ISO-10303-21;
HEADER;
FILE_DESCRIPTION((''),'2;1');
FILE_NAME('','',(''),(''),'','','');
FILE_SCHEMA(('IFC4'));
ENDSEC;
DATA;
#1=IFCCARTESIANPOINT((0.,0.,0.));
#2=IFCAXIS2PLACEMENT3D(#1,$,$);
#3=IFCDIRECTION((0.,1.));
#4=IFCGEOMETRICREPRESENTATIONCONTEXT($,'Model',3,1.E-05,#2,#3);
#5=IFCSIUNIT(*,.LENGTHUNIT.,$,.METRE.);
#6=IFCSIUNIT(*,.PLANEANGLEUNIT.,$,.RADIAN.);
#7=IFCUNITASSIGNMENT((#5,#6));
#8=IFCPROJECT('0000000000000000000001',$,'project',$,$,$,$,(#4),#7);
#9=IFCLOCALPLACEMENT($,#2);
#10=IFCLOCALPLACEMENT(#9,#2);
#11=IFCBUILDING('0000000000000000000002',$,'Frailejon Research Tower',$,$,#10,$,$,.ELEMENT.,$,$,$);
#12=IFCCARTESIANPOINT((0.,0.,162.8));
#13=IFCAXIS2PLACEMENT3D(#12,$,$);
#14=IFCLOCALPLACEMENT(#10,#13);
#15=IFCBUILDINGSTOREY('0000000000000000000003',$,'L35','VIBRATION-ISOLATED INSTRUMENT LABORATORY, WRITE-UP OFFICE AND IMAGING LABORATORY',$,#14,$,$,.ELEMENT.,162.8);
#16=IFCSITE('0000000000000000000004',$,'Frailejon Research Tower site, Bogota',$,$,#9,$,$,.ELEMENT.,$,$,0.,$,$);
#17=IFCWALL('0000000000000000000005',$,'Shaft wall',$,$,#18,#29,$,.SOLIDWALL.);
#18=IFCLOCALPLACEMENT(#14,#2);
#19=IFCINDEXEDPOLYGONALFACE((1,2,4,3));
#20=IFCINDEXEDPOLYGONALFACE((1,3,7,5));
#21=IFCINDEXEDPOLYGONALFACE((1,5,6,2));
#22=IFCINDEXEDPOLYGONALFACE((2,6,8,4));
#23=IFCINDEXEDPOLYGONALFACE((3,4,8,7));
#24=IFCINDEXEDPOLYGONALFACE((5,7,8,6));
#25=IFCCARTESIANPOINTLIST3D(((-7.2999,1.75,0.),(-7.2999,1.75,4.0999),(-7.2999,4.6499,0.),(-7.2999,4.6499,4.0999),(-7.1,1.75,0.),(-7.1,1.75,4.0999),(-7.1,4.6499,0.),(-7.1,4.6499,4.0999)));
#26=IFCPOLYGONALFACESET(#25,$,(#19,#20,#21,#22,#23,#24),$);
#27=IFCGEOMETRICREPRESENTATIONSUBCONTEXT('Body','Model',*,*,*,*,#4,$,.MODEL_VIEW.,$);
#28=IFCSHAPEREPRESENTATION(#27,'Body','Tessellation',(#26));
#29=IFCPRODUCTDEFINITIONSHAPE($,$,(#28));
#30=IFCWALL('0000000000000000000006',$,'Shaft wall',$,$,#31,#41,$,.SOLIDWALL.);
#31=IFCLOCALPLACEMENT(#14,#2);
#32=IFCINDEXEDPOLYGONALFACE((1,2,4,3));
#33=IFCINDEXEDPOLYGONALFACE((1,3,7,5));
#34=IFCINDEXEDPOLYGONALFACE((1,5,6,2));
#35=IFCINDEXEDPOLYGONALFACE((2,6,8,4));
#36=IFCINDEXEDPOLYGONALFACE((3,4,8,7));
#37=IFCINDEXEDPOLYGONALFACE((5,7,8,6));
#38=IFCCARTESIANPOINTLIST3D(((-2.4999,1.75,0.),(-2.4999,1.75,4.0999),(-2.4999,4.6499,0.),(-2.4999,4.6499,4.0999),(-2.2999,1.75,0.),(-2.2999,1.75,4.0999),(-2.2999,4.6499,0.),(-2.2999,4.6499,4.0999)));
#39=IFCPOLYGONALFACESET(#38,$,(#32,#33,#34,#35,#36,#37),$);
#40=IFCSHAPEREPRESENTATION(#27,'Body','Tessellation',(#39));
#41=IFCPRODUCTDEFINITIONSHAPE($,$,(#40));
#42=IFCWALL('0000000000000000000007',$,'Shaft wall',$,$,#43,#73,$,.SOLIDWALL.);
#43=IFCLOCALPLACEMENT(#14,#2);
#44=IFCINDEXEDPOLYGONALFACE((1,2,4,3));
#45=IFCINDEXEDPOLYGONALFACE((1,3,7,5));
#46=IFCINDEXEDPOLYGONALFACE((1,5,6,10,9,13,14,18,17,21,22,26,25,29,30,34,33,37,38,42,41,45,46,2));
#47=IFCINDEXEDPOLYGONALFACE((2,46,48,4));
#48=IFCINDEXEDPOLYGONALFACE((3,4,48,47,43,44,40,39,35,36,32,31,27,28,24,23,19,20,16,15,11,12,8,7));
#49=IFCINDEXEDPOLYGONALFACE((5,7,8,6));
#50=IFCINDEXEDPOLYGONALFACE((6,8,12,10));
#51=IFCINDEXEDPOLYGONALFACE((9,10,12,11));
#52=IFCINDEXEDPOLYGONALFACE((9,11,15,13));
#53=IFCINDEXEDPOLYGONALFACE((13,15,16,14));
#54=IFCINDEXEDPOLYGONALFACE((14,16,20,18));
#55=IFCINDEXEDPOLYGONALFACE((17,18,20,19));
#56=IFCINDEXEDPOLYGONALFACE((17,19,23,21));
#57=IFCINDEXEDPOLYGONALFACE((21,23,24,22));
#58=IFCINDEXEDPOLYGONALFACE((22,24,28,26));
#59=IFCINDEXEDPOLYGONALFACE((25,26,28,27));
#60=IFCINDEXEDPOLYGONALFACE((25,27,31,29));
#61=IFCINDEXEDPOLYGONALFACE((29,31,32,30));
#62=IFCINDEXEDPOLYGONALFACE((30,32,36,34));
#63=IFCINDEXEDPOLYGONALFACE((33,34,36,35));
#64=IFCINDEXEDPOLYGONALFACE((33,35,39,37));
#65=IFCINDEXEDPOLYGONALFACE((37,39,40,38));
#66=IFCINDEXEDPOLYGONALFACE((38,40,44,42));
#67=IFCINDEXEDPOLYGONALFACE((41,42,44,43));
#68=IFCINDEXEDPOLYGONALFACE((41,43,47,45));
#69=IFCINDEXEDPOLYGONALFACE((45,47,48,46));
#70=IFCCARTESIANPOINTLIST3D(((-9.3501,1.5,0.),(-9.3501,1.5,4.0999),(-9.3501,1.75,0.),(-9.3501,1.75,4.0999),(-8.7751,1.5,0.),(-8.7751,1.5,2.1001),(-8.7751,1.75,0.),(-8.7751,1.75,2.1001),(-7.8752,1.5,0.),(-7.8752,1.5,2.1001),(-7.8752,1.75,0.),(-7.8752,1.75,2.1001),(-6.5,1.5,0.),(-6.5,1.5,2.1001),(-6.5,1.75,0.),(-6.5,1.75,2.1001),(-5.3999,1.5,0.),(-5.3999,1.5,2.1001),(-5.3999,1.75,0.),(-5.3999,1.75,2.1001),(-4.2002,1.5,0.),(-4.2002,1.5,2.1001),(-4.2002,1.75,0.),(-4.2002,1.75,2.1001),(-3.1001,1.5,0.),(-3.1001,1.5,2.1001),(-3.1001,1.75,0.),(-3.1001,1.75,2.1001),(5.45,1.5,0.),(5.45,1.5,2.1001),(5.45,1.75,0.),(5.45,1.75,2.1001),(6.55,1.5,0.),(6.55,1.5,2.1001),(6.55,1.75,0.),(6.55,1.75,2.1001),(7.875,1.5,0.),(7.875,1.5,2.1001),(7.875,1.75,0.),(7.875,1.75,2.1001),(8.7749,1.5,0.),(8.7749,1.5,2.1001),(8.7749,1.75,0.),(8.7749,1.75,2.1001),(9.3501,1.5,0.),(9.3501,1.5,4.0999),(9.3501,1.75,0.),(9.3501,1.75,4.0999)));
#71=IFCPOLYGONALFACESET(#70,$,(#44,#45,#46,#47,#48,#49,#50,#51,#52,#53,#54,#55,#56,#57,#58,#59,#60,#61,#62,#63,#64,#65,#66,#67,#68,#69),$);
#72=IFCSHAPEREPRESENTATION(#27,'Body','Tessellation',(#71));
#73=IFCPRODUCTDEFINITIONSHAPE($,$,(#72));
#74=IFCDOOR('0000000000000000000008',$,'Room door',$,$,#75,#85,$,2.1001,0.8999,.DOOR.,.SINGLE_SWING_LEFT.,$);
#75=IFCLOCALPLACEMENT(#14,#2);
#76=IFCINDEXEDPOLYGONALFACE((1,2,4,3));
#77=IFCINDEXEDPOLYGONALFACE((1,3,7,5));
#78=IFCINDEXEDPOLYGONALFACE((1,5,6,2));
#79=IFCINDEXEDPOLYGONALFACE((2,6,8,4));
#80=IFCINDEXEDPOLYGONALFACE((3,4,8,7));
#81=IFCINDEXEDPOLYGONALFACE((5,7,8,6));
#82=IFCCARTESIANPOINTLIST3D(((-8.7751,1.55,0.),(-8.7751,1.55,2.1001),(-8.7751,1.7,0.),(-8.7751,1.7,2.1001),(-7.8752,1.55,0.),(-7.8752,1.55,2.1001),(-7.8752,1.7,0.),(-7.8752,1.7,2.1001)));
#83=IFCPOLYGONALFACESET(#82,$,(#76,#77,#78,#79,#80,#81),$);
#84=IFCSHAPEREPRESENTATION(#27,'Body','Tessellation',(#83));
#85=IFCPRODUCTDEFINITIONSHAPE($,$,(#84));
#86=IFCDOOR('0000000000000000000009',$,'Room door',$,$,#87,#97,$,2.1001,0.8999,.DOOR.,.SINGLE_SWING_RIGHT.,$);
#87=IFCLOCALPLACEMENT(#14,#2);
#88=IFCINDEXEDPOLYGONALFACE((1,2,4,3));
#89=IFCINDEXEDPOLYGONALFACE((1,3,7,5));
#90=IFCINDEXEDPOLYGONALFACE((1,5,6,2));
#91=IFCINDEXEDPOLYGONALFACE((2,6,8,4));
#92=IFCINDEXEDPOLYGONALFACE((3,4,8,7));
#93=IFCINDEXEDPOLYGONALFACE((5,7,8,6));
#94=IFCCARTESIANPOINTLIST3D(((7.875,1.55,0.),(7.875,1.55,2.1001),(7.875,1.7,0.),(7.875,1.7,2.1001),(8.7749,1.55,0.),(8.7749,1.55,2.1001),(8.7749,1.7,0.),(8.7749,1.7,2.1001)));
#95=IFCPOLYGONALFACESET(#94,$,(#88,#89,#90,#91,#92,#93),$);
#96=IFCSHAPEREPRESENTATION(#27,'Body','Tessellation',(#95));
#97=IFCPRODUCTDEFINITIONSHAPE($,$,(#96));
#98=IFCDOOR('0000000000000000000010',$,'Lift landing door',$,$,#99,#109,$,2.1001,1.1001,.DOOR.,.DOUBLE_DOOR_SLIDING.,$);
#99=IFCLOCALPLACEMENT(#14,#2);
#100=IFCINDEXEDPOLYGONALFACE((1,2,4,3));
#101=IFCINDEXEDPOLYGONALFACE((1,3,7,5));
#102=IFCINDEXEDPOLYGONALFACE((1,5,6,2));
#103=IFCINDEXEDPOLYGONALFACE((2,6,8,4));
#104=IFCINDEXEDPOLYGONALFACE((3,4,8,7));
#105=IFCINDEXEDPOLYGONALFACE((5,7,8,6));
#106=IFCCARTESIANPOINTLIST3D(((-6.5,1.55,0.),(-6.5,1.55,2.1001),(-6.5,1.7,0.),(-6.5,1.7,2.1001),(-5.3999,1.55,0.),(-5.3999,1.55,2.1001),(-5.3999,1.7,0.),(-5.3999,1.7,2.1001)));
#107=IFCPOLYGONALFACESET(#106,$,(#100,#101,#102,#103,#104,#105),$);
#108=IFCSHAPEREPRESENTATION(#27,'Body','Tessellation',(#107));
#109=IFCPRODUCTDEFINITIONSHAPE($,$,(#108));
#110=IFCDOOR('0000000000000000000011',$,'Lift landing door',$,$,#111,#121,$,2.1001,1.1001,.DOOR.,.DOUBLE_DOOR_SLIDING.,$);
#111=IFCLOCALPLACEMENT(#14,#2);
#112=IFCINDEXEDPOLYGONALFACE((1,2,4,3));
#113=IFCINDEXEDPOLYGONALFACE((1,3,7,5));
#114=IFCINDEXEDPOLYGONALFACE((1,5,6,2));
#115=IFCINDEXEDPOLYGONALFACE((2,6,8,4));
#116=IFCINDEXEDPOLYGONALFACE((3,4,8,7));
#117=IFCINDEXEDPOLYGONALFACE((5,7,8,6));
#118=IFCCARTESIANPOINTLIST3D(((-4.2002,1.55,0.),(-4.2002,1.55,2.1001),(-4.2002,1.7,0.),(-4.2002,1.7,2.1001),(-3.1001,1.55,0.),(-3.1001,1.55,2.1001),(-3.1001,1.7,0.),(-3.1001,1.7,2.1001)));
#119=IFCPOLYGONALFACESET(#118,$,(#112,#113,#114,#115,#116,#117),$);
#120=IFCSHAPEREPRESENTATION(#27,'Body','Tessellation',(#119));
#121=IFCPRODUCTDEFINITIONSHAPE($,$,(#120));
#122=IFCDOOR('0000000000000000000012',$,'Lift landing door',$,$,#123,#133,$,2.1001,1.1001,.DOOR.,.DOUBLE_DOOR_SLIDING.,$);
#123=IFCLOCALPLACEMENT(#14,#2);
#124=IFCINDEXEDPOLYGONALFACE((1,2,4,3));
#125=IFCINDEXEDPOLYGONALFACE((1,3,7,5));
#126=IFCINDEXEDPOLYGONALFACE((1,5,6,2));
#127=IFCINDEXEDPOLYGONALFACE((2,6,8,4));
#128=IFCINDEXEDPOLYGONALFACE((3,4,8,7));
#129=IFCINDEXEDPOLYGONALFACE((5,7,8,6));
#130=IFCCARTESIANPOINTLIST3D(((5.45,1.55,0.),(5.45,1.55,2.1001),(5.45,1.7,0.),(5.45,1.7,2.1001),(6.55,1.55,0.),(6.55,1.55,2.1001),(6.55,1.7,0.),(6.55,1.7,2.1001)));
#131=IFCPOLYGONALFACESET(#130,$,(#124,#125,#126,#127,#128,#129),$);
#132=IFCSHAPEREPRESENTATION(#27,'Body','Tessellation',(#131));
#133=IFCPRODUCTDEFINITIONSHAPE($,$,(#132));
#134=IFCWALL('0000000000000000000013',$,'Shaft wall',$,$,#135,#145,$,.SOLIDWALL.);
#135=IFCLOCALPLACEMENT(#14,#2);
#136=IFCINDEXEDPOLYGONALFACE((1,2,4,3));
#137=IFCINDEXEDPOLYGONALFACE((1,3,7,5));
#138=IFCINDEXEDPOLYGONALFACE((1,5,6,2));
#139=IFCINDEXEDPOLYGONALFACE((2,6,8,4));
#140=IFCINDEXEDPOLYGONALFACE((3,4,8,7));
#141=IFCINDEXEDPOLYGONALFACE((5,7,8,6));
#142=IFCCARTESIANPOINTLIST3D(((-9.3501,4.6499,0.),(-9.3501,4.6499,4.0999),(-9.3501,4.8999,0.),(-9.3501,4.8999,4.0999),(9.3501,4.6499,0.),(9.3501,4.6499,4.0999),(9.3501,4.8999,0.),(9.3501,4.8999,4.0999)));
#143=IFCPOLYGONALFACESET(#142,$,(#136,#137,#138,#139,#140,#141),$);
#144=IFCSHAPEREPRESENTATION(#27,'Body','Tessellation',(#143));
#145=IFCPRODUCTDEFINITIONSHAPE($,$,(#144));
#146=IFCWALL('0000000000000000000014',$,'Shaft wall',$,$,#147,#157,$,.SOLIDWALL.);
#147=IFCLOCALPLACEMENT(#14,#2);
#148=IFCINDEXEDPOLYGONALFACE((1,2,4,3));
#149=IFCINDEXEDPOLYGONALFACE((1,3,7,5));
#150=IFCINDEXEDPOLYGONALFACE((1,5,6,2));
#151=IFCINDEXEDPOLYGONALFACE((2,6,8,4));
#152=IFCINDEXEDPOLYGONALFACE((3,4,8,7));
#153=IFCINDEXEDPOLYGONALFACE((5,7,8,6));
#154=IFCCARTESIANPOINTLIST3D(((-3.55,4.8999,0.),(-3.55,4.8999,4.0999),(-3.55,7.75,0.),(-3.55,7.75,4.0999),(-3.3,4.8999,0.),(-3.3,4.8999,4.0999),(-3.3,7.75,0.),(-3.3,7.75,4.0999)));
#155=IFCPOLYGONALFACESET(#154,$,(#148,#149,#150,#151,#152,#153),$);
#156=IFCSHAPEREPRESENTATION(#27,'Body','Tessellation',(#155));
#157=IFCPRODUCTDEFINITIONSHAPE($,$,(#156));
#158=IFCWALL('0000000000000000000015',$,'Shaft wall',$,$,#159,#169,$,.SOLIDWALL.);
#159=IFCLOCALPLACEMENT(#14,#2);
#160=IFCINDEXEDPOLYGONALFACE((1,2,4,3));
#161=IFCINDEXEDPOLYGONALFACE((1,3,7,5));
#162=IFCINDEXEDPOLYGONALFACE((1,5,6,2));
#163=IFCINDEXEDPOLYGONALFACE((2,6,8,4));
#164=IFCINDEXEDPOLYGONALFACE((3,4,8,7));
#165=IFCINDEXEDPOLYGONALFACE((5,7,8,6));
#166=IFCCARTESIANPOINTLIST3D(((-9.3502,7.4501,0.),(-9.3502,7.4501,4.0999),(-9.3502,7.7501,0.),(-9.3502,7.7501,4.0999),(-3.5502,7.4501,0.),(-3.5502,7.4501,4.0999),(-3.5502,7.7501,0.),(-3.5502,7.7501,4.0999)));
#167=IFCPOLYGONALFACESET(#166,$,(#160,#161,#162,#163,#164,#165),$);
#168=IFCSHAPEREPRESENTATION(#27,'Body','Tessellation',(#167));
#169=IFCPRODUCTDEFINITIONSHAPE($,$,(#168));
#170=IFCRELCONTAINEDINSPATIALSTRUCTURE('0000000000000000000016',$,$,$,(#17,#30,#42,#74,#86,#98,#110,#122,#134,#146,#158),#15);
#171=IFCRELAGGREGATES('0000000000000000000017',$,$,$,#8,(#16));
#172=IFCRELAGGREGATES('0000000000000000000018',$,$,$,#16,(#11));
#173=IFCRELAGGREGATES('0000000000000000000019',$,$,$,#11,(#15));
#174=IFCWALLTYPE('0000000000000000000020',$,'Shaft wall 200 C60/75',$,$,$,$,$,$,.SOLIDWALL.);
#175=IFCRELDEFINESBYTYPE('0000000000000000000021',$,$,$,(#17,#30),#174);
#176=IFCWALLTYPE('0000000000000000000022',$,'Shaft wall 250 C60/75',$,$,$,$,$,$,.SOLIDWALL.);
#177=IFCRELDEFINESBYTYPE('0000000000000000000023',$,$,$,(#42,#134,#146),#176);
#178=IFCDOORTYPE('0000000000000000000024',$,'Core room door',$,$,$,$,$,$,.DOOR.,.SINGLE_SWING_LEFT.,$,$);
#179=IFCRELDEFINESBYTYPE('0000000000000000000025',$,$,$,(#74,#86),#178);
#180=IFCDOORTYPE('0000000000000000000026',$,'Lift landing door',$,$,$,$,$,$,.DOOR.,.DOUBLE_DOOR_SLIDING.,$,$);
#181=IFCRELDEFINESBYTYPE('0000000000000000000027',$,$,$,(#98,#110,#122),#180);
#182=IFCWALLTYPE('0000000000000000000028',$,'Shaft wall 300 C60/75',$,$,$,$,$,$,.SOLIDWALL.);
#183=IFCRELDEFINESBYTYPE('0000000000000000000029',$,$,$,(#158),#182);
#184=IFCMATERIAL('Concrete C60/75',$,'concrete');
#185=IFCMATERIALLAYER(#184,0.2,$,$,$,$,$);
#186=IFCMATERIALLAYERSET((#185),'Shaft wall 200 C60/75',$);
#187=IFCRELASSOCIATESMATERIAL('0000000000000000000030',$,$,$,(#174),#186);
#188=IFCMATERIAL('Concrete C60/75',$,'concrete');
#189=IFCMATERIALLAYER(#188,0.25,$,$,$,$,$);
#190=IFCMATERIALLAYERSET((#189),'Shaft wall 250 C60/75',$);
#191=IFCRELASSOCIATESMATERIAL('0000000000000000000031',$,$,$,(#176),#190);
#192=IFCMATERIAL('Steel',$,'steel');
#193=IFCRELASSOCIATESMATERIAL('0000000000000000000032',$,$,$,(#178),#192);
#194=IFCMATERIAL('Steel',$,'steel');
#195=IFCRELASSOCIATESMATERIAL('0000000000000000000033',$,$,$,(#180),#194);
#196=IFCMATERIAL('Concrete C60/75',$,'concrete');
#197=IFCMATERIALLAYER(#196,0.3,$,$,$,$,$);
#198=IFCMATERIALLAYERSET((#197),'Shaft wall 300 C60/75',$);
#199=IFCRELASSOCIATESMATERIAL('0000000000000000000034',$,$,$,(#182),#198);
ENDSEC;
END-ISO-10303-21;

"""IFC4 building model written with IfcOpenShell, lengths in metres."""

from ifc_helpers import new_model, si_unit, direction, frame, frame_2d, origin, place, context, subcontext, project, spatial, rectangle, extrude, material, layer, layer_set, type_object, element, fill, save


model = new_model("IFC4")

# Units and contexts
model_context = context("Model", 3, precision=1e-05, world=origin(), true_north=direction((0.0, 1.0)))
body_context = subcontext(model_context, "Body", "Model", "MODEL_VIEW")
ifc_project = project(units=[si_unit("LENGTHUNIT", "METRE"), si_unit("PLANEANGLEUNIT", "RADIAN")], contexts=[model_context])

# Site, building, storey
site_placement = place(None, origin())
site = spatial("IfcSite", under=ifc_project, at=site_placement, Name="Frailejon Research Tower site, Bogota", CompositionType="ELEMENT", RefElevation=0.0)
building_placement = place(site_placement, origin())
building = spatial("IfcBuilding", under=site, at=building_placement, Name="Frailejon Research Tower", CompositionType="ELEMENT")
storey_placement = place(building_placement, frame((0.0, 0.0, 162.8)))
storey = spatial("IfcBuildingStorey", under=building, at=storey_placement, Name="L35", Description="VIBRATION-ISOLATED INSTRUMENT LABORATORY, WRITE-UP OFFICE AND IMAGING LABORATORY", CompositionType="ELEMENT", Elevation=162.8)

# Walls
ifc_material_1 = material(Name="Concrete C60/75", Category="concrete")
ifc_layer_1 = layer(ifc_material_1, 0.2)
ifc_layer_set_1 = layer_set([ifc_layer_1], Name="Shaft wall 200 C60/75")
wall_type_1 = type_object("IfcWallType", Name="Shaft wall 200 C60/75", PredefinedType="SOLIDWALL", material=ifc_layer_set_1)
for number, where, z_axis, x_axis, name in (
    (1, (-7.2, 1.75, 0.0), (0.0, 0.0, 1.0), (0.0, 1.0, 0.0), "Shaft wall"),
    (2, (-2.3999, 1.75, 0.0), (0.0, 0.0, 1.0), (0.0, 1.0, 0.0), "Shaft wall"),
):
    element("IfcWall", number, at=place(storey_placement, frame(where, z_axis=z_axis, x_axis=x_axis)), inside=storey, type_object=wall_type_1, Name=name, PredefinedType="SOLIDWALL", context=body_context, shape_type="SweptSolid", body=[
        extrude(rectangle(XDim=2.8999, YDim=0.2, at=frame_2d((1.45, 0.0))), origin(), (0.0, 0.0, 1.0), 4.0999),
    ])

# Wall, openings, doors
ifc_material_2 = material(Name="Concrete C60/75", Category="concrete")
ifc_layer_2 = layer(ifc_material_2, 0.25)
ifc_layer_set_2 = layer_set([ifc_layer_2], Name="Shaft wall 250 C60/75")
wall_type_2 = type_object("IfcWallType", Name="Shaft wall 250 C60/75", PredefinedType="SOLIDWALL", material=ifc_layer_set_2)
wall_1_placement = place(storey_placement, frame((-9.3501, 1.625, 0.0), z_axis=(0.0, 0.0, 1.0), x_axis=(1.0, 0.0, 0.0)))
wall_1 = element("IfcWall", 3, at=wall_1_placement, inside=storey, type_object=wall_type_2, Name="Shaft wall", PredefinedType="SOLIDWALL", context=body_context, shape_type="SweptSolid", body=[
    extrude(rectangle(XDim=18.7002, YDim=0.25, at=frame_2d((9.3501, 0.0))), origin(), (0.0, 0.0, 1.0), 4.0999),
])
opening_1_placement = place(wall_1_placement, frame((2.8501, 0.0, 0.0)))
opening_1 = element("IfcOpeningElement", 4, at=opening_1_placement, cuts=wall_1, PredefinedType="OPENING", context=body_context, shape_type="SweptSolid", body=[
    extrude(rectangle(XDim=1.1001, YDim=2.1001, at=frame_2d((0.55, 1.05))), frame((0.0, 0.135, 0.0), z_axis=(0.0, -1.0, 0.0), x_axis=(1.0, 0.0, 0.0)), (0.0, 0.0, 1.0), 0.27),
])
opening_2_placement = place(wall_1_placement, frame((5.1499, 0.0, 0.0)))
opening_2 = element("IfcOpeningElement", 5, at=opening_2_placement, cuts=wall_1, PredefinedType="OPENING", context=body_context, shape_type="SweptSolid", body=[
    extrude(rectangle(XDim=1.1001, YDim=2.1001, at=frame_2d((0.55, 1.05))), frame((0.0, 0.135, 0.0), z_axis=(0.0, -1.0, 0.0), x_axis=(1.0, 0.0, 0.0)), (0.0, 0.0, 1.0), 0.27),
])
opening_3_placement = place(wall_1_placement, frame((14.8, 0.0, 0.0)))
opening_3 = element("IfcOpeningElement", 6, at=opening_3_placement, cuts=wall_1, PredefinedType="OPENING", context=body_context, shape_type="SweptSolid", body=[
    extrude(rectangle(XDim=1.1001, YDim=2.1001, at=frame_2d((0.55, 1.05))), frame((0.0, 0.135, 0.0), z_axis=(0.0, -1.0, 0.0), x_axis=(1.0, 0.0, 0.0)), (0.0, 0.0, 1.0), 0.27),
])
opening_4_placement = place(wall_1_placement, frame((0.575, 0.0, 0.0)))
opening_4 = element("IfcOpeningElement", 7, at=opening_4_placement, cuts=wall_1, PredefinedType="OPENING", context=body_context, shape_type="SweptSolid", body=[
    extrude(rectangle(XDim=0.8999, YDim=2.1001, at=frame_2d((0.45, 1.05))), frame((0.0, 0.135, 0.0), z_axis=(0.0, -1.0, 0.0), x_axis=(1.0, 0.0, 0.0)), (0.0, 0.0, 1.0), 0.27),
])
opening_5_placement = place(wall_1_placement, frame((17.2251, 0.0, 0.0)))
opening_5 = element("IfcOpeningElement", 8, at=opening_5_placement, cuts=wall_1, PredefinedType="OPENING", context=body_context, shape_type="SweptSolid", body=[
    extrude(rectangle(XDim=0.8999, YDim=2.1001, at=frame_2d((0.45, 1.05))), frame((0.0, 0.135, 0.0), z_axis=(0.0, -1.0, 0.0), x_axis=(1.0, 0.0, 0.0)), (0.0, 0.0, 1.0), 0.27),
])
ifc_material_3 = material(Name="Steel", Category="steel")
door_type_1 = type_object("IfcDoorType", Name="Core room door", OperationType="SINGLE_SWING_LEFT", PredefinedType="DOOR", material=ifc_material_3)
door_1_placement = place(opening_4_placement, origin())
door_1 = element("IfcDoor", 9, at=door_1_placement, inside=storey, type_object=door_type_1, Name="Room door", OperationType="SINGLE_SWING_LEFT", OverallHeight=2.1001, OverallWidth=0.8999, PredefinedType="DOOR", context=body_context, shape_type="SweptSolid", body=[
    extrude(rectangle(XDim=0.8999, YDim=2.1001, at=frame_2d((0.45, 1.05))), frame((0.0, 0.075, 0.0), z_axis=(0.0, -1.0, 0.0), x_axis=(1.0, 0.0, 0.0)), (0.0, 0.0, 1.0), 0.1499),
])
fill(opening_4, door_1)
door_2_placement = place(opening_5_placement, origin())
door_2 = element("IfcDoor", 10, at=door_2_placement, inside=storey, type_object=door_type_1, Name="Room door", OperationType="SINGLE_SWING_RIGHT", OverallHeight=2.1001, OverallWidth=0.8999, PredefinedType="DOOR", context=body_context, shape_type="SweptSolid", body=[
    extrude(rectangle(XDim=0.8999, YDim=2.1001, at=frame_2d((0.45, 1.05))), frame((0.0, 0.075, 0.0), z_axis=(0.0, -1.0, 0.0), x_axis=(1.0, 0.0, 0.0)), (0.0, 0.0, 1.0), 0.1499),
])
fill(opening_5, door_2)
ifc_material_4 = material(Name="Steel", Category="steel")
door_type_2 = type_object("IfcDoorType", Name="Lift landing door", OperationType="DOUBLE_DOOR_SLIDING", PredefinedType="DOOR", material=ifc_material_4)
door_3_placement = place(opening_1_placement, origin())
door_3 = element("IfcDoor", 11, at=door_3_placement, inside=storey, type_object=door_type_2, Name="Lift landing door", OperationType="DOUBLE_DOOR_SLIDING", OverallHeight=2.1001, OverallWidth=1.1001, PredefinedType="DOOR", context=body_context, shape_type="SweptSolid", body=[
    extrude(rectangle(XDim=1.1001, YDim=2.1001, at=frame_2d((0.55, 1.05))), frame((0.0, 0.075, 0.0), z_axis=(0.0, -1.0, 0.0), x_axis=(1.0, 0.0, 0.0)), (0.0, 0.0, 1.0), 0.1499),
])
fill(opening_1, door_3)
door_4_placement = place(opening_2_placement, origin())
door_4 = element("IfcDoor", 12, at=door_4_placement, inside=storey, type_object=door_type_2, Name="Lift landing door", OperationType="DOUBLE_DOOR_SLIDING", OverallHeight=2.1001, OverallWidth=1.1001, PredefinedType="DOOR", context=body_context, shape_type="SweptSolid", body=[
    extrude(rectangle(XDim=1.1001, YDim=2.1001, at=frame_2d((0.55, 1.05))), frame((0.0, 0.075, 0.0), z_axis=(0.0, -1.0, 0.0), x_axis=(1.0, 0.0, 0.0)), (0.0, 0.0, 1.0), 0.1499),
])
fill(opening_2, door_4)
door_5_placement = place(opening_3_placement, origin())
door_5 = element("IfcDoor", 13, at=door_5_placement, inside=storey, type_object=door_type_2, Name="Lift landing door", OperationType="DOUBLE_DOOR_SLIDING", OverallHeight=2.1001, OverallWidth=1.1001, PredefinedType="DOOR", context=body_context, shape_type="SweptSolid", body=[
    extrude(rectangle(XDim=1.1001, YDim=2.1001, at=frame_2d((0.55, 1.05))), frame((0.0, 0.075, 0.0), z_axis=(0.0, -1.0, 0.0), x_axis=(1.0, 0.0, 0.0)), (0.0, 0.0, 1.0), 0.1499),
])
fill(opening_3, door_5)

# Walls
wall_2_placement = place(storey_placement, frame((-9.3501, 4.7749, 0.0), z_axis=(0.0, 0.0, 1.0), x_axis=(1.0, 0.0, 0.0)))
element("IfcWall", 14, at=wall_2_placement, inside=storey, type_object=wall_type_2, Name="Shaft wall", PredefinedType="SOLIDWALL", context=body_context, shape_type="SweptSolid", body=[
    extrude(rectangle(XDim=18.7002, YDim=0.25, at=frame_2d((9.3501, 0.0))), origin(), (0.0, 0.0, 1.0), 4.0999),
])
wall_3_placement = place(storey_placement, frame((-3.425, 4.8999, 0.0), z_axis=(0.0, 0.0, 1.0), x_axis=(0.0, 1.0, 0.0)))
element("IfcWall", 15, at=wall_3_placement, inside=storey, type_object=wall_type_2, Name="Shaft wall", PredefinedType="SOLIDWALL", context=body_context, shape_type="SweptSolid", body=[
    extrude(rectangle(XDim=2.8501, YDim=0.25, at=frame_2d((1.425, 0.0))), origin(), (0.0, 0.0, 1.0), 4.0999),
])
ifc_material_5 = material(Name="Concrete C60/75", Category="concrete")
ifc_layer_3 = layer(ifc_material_5, 0.3)
ifc_layer_set_3 = layer_set([ifc_layer_3], Name="Shaft wall 300 C60/75")
wall_type_3 = type_object("IfcWallType", Name="Shaft wall 300 C60/75", PredefinedType="SOLIDWALL", material=ifc_layer_set_3)
wall_4_placement = place(storey_placement, frame((-9.3501, 7.6001, 0.0), z_axis=(0.0, 0.0, 1.0), x_axis=(1.0, 0.0, 0.0)))
element("IfcWall", 16, at=wall_4_placement, inside=storey, type_object=wall_type_3, Name="Shaft wall", PredefinedType="SOLIDWALL", context=body_context, shape_type="SweptSolid", body=[
    extrude(rectangle(XDim=5.8, YDim=0.3, at=frame_2d((2.8999, 0.0))), origin(), (0.0, 0.0, 1.0), 4.0999),
])

save(model, "model.ifc")
